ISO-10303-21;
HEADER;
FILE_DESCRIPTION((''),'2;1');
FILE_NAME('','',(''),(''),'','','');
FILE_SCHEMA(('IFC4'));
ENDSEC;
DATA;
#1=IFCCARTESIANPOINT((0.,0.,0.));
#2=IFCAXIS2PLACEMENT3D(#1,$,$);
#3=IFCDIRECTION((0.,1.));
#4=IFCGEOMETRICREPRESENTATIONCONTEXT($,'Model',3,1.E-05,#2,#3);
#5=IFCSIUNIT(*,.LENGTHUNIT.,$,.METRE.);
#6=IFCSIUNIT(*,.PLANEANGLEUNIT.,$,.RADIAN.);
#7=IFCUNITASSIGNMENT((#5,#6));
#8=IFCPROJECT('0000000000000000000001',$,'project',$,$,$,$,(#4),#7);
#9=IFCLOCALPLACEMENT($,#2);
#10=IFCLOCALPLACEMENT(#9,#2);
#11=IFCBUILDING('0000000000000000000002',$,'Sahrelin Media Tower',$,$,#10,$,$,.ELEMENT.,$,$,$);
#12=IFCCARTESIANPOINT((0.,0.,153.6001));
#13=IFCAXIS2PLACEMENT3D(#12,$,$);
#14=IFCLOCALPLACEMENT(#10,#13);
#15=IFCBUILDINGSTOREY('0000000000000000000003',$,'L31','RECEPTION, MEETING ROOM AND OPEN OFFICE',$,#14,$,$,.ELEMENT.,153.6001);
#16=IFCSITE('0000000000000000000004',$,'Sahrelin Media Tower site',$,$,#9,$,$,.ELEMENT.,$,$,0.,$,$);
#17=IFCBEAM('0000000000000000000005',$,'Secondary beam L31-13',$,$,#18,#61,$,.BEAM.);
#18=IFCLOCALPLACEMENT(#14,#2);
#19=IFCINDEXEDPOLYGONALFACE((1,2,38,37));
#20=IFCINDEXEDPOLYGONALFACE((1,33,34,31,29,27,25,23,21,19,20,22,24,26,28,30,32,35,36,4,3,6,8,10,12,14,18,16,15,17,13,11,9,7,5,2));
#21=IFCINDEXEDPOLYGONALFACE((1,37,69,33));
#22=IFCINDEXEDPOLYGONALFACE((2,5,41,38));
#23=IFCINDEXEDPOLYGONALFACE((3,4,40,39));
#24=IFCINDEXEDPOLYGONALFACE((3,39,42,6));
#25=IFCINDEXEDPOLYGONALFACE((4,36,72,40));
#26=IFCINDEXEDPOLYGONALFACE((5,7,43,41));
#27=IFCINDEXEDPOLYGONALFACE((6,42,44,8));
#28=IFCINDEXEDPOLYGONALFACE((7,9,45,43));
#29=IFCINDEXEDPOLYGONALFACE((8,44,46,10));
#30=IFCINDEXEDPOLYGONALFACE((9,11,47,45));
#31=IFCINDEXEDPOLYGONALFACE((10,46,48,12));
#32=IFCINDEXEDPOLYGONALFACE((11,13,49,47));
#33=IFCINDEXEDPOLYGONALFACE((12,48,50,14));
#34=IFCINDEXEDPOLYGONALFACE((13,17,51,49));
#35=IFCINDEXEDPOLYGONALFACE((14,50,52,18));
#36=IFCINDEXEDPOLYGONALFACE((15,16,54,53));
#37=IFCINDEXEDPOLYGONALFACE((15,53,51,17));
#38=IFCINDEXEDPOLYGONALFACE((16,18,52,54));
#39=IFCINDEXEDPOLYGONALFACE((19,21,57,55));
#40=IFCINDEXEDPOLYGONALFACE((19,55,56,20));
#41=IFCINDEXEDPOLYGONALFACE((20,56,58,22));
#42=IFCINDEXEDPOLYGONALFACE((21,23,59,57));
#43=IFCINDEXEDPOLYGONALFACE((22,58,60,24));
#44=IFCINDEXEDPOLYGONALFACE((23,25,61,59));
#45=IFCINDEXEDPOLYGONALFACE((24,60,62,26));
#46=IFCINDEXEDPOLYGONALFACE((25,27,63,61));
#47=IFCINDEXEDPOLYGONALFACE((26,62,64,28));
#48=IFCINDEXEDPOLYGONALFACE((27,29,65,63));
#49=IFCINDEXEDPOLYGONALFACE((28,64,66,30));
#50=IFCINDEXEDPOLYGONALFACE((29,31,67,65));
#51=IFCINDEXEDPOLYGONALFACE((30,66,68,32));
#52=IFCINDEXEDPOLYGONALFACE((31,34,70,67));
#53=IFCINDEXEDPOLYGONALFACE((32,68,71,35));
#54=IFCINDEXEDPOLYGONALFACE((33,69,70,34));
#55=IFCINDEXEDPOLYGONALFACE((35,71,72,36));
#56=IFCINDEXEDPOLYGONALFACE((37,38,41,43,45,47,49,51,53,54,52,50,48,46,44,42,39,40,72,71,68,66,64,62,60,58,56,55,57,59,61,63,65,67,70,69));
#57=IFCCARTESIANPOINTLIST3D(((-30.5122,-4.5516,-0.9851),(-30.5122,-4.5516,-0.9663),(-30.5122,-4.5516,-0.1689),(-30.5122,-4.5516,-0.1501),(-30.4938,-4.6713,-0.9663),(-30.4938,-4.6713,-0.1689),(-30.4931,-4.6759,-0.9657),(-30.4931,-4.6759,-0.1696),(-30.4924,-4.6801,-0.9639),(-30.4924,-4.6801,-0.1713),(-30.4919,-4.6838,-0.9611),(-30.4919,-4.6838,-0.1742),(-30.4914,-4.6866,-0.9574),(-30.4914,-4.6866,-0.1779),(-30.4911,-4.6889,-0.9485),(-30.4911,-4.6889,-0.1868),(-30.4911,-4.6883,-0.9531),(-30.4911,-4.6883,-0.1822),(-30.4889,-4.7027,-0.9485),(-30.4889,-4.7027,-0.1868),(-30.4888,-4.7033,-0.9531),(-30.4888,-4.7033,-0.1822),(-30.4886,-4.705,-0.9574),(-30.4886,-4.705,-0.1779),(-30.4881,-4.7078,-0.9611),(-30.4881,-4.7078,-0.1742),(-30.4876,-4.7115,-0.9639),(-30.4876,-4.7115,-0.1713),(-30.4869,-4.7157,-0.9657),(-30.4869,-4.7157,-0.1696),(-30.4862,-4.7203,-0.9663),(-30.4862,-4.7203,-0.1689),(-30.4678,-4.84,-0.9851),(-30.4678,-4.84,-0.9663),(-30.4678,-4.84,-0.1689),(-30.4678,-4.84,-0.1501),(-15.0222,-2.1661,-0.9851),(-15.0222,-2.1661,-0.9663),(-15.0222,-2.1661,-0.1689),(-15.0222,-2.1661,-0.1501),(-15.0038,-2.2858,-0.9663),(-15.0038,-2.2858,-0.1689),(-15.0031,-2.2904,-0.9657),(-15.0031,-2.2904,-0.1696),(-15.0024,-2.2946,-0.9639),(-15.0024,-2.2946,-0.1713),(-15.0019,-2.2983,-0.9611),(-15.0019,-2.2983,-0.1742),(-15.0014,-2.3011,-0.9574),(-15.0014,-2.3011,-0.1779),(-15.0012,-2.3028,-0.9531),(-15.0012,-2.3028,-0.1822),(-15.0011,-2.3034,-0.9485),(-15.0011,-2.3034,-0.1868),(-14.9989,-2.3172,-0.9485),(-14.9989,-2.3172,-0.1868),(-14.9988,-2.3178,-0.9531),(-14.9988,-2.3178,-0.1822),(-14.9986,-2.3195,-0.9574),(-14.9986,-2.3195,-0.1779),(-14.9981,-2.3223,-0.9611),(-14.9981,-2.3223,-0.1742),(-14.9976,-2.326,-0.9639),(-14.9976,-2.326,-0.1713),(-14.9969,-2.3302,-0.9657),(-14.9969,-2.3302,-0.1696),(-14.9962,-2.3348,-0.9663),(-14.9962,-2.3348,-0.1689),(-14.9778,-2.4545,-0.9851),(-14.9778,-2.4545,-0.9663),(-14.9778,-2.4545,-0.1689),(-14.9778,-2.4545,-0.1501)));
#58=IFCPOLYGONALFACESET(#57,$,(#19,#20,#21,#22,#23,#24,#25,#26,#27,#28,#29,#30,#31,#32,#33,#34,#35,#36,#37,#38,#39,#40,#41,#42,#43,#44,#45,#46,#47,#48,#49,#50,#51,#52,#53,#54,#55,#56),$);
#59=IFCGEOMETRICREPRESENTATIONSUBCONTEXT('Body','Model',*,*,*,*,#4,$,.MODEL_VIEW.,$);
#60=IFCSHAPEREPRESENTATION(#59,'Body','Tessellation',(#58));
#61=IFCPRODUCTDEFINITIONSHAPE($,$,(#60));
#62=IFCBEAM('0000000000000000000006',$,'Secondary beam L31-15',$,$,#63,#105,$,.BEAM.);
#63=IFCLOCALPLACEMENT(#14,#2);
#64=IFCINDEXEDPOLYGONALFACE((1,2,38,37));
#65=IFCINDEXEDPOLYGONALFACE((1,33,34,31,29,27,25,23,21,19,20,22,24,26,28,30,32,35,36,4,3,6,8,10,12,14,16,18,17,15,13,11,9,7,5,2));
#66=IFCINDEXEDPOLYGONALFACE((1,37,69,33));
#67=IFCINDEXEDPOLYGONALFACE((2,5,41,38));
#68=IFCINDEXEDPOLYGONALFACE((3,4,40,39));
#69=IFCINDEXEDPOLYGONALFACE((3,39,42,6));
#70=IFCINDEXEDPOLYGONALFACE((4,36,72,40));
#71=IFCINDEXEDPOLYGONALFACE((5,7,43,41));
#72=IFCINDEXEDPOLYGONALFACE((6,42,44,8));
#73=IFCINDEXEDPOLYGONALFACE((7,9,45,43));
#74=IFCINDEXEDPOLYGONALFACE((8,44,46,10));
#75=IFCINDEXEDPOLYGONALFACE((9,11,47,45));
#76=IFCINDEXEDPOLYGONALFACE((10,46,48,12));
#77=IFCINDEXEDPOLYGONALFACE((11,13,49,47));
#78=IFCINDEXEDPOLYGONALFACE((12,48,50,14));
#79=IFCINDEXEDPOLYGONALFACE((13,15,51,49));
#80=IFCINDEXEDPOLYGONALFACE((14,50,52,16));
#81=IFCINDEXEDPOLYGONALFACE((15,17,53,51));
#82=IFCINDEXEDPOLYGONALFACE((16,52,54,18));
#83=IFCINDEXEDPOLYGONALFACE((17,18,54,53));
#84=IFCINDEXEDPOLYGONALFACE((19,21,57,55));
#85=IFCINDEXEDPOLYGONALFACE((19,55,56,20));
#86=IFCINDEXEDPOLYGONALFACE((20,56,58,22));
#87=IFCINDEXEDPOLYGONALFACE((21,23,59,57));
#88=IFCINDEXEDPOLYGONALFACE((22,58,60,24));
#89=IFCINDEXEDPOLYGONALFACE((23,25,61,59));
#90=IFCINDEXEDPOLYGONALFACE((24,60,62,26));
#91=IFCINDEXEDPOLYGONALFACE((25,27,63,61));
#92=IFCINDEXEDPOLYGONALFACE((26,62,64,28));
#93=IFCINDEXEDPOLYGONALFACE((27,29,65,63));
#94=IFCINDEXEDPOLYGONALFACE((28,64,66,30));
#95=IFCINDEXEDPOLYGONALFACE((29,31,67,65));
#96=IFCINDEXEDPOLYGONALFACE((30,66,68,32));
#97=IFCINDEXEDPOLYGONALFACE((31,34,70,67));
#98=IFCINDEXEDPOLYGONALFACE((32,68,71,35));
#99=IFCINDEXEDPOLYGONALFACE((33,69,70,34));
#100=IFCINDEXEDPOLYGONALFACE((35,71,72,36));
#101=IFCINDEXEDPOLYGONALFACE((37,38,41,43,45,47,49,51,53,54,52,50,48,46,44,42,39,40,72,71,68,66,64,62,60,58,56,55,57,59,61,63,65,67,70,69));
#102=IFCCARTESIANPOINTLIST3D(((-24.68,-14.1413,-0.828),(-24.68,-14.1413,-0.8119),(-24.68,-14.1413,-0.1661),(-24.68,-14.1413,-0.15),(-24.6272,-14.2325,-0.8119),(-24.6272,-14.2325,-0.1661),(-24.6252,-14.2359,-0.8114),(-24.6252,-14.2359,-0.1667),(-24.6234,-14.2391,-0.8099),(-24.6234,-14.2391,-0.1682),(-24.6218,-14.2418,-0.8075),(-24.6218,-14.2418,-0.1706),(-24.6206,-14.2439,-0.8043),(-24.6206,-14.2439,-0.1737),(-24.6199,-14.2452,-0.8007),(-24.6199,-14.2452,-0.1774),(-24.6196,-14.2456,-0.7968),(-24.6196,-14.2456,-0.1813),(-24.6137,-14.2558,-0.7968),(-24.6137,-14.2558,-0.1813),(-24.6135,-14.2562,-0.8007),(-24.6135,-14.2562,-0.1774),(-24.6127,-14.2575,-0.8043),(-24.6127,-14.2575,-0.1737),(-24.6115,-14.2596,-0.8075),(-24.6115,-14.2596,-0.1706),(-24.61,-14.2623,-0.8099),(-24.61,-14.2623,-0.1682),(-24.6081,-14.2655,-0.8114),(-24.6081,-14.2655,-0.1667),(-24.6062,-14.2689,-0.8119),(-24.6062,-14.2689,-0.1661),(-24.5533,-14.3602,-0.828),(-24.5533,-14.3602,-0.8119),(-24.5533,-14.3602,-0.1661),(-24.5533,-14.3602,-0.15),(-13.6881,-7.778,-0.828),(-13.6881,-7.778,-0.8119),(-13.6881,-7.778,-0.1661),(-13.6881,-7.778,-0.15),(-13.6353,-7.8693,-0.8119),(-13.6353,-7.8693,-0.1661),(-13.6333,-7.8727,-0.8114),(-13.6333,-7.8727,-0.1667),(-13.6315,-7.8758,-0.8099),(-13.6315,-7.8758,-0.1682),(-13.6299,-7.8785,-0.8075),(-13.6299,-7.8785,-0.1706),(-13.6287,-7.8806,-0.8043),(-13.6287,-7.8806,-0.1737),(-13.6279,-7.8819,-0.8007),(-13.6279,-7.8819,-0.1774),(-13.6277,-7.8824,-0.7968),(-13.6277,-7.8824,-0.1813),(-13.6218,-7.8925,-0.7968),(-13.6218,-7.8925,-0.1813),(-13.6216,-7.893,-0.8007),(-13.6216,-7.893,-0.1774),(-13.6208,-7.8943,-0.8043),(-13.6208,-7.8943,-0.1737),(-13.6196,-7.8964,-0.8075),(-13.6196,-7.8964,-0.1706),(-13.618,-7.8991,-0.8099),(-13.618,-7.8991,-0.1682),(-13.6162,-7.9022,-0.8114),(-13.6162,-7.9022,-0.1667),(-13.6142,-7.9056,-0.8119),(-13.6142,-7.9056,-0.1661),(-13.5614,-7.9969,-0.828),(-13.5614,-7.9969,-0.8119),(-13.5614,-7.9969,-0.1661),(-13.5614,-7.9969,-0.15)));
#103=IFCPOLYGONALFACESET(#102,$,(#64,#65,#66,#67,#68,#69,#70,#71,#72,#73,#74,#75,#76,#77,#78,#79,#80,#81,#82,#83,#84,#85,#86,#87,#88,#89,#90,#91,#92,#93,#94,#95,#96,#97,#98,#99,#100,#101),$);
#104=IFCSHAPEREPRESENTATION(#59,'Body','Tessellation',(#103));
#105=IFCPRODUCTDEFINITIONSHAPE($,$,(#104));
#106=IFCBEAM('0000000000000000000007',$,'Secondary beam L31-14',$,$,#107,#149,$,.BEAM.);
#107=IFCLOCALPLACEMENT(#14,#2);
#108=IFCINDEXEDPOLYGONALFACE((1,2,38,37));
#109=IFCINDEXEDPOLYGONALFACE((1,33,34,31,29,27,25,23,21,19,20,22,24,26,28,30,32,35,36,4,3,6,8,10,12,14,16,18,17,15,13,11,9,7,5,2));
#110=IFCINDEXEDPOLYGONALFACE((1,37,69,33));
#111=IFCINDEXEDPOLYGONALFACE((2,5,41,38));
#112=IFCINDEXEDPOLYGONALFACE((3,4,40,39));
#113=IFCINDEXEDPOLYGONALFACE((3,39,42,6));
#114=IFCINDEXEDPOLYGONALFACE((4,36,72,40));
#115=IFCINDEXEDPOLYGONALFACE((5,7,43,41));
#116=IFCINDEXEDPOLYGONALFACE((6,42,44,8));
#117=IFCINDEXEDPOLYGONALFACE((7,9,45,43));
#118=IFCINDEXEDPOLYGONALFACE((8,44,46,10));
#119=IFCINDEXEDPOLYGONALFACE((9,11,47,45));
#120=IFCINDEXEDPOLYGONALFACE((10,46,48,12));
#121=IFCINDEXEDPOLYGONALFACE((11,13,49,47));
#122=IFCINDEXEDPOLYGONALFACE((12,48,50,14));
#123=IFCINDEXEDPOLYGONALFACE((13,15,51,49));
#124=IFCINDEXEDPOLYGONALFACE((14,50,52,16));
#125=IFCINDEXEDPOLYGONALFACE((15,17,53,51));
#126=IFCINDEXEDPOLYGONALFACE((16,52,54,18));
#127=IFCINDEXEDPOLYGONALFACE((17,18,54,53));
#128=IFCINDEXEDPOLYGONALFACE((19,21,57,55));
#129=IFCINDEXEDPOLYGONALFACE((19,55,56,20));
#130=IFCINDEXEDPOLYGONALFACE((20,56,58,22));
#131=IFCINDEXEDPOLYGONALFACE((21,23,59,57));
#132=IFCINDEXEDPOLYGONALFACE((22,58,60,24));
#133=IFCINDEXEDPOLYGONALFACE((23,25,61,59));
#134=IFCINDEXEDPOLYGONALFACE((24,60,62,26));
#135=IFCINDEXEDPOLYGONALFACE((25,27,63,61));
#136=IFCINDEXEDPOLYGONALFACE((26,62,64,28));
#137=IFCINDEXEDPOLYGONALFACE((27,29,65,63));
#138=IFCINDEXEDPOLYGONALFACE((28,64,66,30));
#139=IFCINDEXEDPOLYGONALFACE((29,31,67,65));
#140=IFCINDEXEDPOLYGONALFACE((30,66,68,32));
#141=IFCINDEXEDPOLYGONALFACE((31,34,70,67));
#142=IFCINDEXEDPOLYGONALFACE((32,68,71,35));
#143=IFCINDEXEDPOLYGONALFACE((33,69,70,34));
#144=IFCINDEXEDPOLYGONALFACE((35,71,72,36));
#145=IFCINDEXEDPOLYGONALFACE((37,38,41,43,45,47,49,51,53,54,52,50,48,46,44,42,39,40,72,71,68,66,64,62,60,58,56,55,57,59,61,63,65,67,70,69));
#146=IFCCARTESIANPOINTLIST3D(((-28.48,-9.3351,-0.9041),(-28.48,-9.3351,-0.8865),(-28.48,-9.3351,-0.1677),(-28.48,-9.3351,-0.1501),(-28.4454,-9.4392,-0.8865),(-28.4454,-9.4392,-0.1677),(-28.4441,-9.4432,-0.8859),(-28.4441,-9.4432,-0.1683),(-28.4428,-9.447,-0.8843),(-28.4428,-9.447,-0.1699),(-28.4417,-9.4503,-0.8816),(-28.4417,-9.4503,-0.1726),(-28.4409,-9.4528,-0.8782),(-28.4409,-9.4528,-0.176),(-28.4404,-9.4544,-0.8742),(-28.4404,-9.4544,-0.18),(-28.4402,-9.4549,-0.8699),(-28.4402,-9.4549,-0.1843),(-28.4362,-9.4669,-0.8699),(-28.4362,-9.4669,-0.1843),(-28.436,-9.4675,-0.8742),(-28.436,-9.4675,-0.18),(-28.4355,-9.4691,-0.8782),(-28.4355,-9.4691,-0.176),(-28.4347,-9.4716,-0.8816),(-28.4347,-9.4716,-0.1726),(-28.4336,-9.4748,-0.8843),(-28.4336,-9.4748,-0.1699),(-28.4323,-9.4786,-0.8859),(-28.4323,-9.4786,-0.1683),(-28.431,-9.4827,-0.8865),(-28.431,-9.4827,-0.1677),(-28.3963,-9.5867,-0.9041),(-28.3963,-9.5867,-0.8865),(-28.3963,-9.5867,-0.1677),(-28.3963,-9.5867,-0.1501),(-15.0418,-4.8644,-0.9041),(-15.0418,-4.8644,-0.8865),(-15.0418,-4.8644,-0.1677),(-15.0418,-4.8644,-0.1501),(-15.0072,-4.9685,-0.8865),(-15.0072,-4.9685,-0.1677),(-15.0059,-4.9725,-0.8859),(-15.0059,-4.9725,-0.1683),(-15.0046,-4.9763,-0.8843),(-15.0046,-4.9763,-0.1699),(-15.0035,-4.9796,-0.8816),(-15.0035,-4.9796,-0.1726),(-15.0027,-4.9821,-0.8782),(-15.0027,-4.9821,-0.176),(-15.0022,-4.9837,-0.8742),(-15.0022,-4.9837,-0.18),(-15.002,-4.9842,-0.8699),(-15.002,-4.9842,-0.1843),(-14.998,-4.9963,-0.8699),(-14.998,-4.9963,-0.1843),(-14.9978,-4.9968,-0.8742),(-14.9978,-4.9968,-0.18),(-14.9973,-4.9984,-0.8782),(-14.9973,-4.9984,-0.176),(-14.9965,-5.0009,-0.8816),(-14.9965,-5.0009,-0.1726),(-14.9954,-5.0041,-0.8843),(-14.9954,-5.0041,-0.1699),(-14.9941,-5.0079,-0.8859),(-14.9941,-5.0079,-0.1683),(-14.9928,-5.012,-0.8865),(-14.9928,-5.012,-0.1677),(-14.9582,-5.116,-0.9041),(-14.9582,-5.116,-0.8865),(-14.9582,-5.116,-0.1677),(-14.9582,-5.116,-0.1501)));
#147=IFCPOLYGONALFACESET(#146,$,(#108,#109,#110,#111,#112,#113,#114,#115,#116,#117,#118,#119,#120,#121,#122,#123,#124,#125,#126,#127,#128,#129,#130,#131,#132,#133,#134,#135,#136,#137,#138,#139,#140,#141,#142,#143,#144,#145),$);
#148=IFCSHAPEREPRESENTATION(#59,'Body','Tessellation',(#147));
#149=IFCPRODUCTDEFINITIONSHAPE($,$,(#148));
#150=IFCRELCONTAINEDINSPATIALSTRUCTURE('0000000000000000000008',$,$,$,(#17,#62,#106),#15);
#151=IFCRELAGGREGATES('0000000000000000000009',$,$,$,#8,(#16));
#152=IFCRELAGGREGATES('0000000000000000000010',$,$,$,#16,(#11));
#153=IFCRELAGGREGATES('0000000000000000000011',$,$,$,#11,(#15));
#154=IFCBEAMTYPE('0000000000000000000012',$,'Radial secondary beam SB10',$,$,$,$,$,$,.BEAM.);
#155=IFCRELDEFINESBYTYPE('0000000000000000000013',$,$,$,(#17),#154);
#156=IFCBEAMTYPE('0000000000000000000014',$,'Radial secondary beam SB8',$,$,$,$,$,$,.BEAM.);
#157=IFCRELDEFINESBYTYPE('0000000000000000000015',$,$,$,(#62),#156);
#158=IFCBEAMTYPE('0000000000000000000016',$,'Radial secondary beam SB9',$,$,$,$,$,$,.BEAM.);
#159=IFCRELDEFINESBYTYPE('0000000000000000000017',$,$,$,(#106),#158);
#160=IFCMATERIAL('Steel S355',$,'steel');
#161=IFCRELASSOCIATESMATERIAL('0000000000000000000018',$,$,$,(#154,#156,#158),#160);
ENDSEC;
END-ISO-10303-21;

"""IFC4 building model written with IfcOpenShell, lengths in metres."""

from ifc_helpers import new_model, si_unit, direction, frame, origin, origin_2d, place, context, subcontext, project, spatial, i_section, extrude, material, material_profile, profile_set, type_object, element, save


model = new_model("IFC4")

# Units and contexts
model_context = context("Model", 3, precision=1e-05, world=origin(), true_north=direction((0.0, 1.0)))
body_context = subcontext(model_context, "Body", "Model", "MODEL_VIEW")
ifc_project = project(units=[si_unit("LENGTHUNIT", "METRE"), si_unit("PLANEANGLEUNIT", "RADIAN")], contexts=[model_context])

# Site, building, storey
site_placement = place(None, origin())
site = spatial("IfcSite", under=ifc_project, at=site_placement, Name="Sahrelin Media Tower site", CompositionType="ELEMENT", RefElevation=0.0)
building_placement = place(site_placement, origin())
building = spatial("IfcBuilding", under=site, at=building_placement, Name="Sahrelin Media Tower", CompositionType="ELEMENT")
storey_placement = place(building_placement, frame((0.0, 0.0, 153.6001)))
storey = spatial("IfcBuildingStorey", under=building, at=storey_placement, Name="L31", Description="RECEPTION, MEETING ROOM AND OPEN OFFICE", CompositionType="ELEMENT", Elevation=153.6001)

# Beams
ifc_material_1 = material(Name="Steel S355", Category="steel")
ifc_material_profile_1 = material_profile(ifc_material_1, i_section(OverallWidth=0.2917, OverallDepth=0.835, WebThickness=0.0139, FlangeThickness=0.0188, FilletRadius=0.0178, at=origin_2d()), Name="UB 838x292x176")
ifc_profile_set_1 = profile_set([ifc_material_profile_1], Name="Steel S355")
beam_type_1 = type_object("IfcBeamType", Name="Radial secondary beam SB10", PredefinedType="BEAM", material=ifc_profile_set_1)
beam_1_placement = place(storey_placement, frame((-15.0, -2.3103, -0.5676), z_axis=(-0.988348, -0.152208, 0.0), x_axis=(0.152208, -0.988348, 0.0)))
element("IfcBeam", 1, at=beam_1_placement, inside=storey, type_object=beam_type_1, Name="Secondary beam L31-13", PredefinedType="BEAM", context=body_context, shape_type="SweptSolid", body=[
    extrude(i_section(OverallWidth=0.2917, OverallDepth=0.835, WebThickness=0.0139, FlangeThickness=0.0188, FilletRadius=0.0178, at=origin_2d()), origin(), (0.0, 0.0, 1.0), 15.6726),
])
ifc_material_profile_2 = material_profile(ifc_material_1, i_section(OverallWidth=0.2529, OverallDepth=0.678, WebThickness=0.0117, FlangeThickness=0.0161, FilletRadius=0.0151, at=origin_2d()), Name="UB 686x254x125")
ifc_profile_set_2 = profile_set([ifc_material_profile_2], Name="Steel S355")
beam_type_2 = type_object("IfcBeamType", Name="Radial secondary beam SB8", PredefinedType="BEAM", material=ifc_profile_set_2)
beam_2_placement = place(storey_placement, frame((-13.6248, -7.8875, -0.489), z_axis=(-0.865443, -0.501008, 0.0), x_axis=(0.501008, -0.865443, 0.0)))
element("IfcBeam", 2, at=beam_2_placement, inside=storey, type_object=beam_type_2, Name="Secondary beam L31-15", PredefinedType="BEAM", context=body_context, shape_type="SweptSolid", body=[
    extrude(i_section(OverallWidth=0.2529, OverallDepth=0.678, WebThickness=0.0117, FlangeThickness=0.0161, FilletRadius=0.0151, at=origin_2d()), origin(), (0.0, 0.0, 1.0), 12.7009),
])
ifc_material_profile_3 = material_profile(ifc_material_1, i_section(OverallWidth=0.2651, OverallDepth=0.7539, WebThickness=0.0127, FlangeThickness=0.0176, FilletRadius=0.0166, at=origin_2d()), Name="UB 762x267x147")
ifc_profile_set_3 = profile_set([ifc_material_profile_3], Name="Steel S355")
beam_type_3 = type_object("IfcBeamType", Name="Radial secondary beam SB9", PredefinedType="BEAM", material=ifc_profile_set_3)
beam_3_placement = place(storey_placement, frame((-15.0, -4.9902, -0.5271), z_axis=(-0.948868, -0.315674, 0.0), x_axis=(0.315674, -0.948868, 0.0)))
element("IfcBeam", 3, at=beam_3_placement, inside=storey, type_object=beam_type_3, Name="Secondary beam L31-14", PredefinedType="BEAM", context=body_context, shape_type="SweptSolid", body=[
    extrude(i_section(OverallWidth=0.2651, OverallDepth=0.7539, WebThickness=0.0127, FlangeThickness=0.0176, FilletRadius=0.0166, at=origin_2d()), origin(), (0.0, 0.0, 1.0), 14.1624),
])

save(model, "model.ifc")
